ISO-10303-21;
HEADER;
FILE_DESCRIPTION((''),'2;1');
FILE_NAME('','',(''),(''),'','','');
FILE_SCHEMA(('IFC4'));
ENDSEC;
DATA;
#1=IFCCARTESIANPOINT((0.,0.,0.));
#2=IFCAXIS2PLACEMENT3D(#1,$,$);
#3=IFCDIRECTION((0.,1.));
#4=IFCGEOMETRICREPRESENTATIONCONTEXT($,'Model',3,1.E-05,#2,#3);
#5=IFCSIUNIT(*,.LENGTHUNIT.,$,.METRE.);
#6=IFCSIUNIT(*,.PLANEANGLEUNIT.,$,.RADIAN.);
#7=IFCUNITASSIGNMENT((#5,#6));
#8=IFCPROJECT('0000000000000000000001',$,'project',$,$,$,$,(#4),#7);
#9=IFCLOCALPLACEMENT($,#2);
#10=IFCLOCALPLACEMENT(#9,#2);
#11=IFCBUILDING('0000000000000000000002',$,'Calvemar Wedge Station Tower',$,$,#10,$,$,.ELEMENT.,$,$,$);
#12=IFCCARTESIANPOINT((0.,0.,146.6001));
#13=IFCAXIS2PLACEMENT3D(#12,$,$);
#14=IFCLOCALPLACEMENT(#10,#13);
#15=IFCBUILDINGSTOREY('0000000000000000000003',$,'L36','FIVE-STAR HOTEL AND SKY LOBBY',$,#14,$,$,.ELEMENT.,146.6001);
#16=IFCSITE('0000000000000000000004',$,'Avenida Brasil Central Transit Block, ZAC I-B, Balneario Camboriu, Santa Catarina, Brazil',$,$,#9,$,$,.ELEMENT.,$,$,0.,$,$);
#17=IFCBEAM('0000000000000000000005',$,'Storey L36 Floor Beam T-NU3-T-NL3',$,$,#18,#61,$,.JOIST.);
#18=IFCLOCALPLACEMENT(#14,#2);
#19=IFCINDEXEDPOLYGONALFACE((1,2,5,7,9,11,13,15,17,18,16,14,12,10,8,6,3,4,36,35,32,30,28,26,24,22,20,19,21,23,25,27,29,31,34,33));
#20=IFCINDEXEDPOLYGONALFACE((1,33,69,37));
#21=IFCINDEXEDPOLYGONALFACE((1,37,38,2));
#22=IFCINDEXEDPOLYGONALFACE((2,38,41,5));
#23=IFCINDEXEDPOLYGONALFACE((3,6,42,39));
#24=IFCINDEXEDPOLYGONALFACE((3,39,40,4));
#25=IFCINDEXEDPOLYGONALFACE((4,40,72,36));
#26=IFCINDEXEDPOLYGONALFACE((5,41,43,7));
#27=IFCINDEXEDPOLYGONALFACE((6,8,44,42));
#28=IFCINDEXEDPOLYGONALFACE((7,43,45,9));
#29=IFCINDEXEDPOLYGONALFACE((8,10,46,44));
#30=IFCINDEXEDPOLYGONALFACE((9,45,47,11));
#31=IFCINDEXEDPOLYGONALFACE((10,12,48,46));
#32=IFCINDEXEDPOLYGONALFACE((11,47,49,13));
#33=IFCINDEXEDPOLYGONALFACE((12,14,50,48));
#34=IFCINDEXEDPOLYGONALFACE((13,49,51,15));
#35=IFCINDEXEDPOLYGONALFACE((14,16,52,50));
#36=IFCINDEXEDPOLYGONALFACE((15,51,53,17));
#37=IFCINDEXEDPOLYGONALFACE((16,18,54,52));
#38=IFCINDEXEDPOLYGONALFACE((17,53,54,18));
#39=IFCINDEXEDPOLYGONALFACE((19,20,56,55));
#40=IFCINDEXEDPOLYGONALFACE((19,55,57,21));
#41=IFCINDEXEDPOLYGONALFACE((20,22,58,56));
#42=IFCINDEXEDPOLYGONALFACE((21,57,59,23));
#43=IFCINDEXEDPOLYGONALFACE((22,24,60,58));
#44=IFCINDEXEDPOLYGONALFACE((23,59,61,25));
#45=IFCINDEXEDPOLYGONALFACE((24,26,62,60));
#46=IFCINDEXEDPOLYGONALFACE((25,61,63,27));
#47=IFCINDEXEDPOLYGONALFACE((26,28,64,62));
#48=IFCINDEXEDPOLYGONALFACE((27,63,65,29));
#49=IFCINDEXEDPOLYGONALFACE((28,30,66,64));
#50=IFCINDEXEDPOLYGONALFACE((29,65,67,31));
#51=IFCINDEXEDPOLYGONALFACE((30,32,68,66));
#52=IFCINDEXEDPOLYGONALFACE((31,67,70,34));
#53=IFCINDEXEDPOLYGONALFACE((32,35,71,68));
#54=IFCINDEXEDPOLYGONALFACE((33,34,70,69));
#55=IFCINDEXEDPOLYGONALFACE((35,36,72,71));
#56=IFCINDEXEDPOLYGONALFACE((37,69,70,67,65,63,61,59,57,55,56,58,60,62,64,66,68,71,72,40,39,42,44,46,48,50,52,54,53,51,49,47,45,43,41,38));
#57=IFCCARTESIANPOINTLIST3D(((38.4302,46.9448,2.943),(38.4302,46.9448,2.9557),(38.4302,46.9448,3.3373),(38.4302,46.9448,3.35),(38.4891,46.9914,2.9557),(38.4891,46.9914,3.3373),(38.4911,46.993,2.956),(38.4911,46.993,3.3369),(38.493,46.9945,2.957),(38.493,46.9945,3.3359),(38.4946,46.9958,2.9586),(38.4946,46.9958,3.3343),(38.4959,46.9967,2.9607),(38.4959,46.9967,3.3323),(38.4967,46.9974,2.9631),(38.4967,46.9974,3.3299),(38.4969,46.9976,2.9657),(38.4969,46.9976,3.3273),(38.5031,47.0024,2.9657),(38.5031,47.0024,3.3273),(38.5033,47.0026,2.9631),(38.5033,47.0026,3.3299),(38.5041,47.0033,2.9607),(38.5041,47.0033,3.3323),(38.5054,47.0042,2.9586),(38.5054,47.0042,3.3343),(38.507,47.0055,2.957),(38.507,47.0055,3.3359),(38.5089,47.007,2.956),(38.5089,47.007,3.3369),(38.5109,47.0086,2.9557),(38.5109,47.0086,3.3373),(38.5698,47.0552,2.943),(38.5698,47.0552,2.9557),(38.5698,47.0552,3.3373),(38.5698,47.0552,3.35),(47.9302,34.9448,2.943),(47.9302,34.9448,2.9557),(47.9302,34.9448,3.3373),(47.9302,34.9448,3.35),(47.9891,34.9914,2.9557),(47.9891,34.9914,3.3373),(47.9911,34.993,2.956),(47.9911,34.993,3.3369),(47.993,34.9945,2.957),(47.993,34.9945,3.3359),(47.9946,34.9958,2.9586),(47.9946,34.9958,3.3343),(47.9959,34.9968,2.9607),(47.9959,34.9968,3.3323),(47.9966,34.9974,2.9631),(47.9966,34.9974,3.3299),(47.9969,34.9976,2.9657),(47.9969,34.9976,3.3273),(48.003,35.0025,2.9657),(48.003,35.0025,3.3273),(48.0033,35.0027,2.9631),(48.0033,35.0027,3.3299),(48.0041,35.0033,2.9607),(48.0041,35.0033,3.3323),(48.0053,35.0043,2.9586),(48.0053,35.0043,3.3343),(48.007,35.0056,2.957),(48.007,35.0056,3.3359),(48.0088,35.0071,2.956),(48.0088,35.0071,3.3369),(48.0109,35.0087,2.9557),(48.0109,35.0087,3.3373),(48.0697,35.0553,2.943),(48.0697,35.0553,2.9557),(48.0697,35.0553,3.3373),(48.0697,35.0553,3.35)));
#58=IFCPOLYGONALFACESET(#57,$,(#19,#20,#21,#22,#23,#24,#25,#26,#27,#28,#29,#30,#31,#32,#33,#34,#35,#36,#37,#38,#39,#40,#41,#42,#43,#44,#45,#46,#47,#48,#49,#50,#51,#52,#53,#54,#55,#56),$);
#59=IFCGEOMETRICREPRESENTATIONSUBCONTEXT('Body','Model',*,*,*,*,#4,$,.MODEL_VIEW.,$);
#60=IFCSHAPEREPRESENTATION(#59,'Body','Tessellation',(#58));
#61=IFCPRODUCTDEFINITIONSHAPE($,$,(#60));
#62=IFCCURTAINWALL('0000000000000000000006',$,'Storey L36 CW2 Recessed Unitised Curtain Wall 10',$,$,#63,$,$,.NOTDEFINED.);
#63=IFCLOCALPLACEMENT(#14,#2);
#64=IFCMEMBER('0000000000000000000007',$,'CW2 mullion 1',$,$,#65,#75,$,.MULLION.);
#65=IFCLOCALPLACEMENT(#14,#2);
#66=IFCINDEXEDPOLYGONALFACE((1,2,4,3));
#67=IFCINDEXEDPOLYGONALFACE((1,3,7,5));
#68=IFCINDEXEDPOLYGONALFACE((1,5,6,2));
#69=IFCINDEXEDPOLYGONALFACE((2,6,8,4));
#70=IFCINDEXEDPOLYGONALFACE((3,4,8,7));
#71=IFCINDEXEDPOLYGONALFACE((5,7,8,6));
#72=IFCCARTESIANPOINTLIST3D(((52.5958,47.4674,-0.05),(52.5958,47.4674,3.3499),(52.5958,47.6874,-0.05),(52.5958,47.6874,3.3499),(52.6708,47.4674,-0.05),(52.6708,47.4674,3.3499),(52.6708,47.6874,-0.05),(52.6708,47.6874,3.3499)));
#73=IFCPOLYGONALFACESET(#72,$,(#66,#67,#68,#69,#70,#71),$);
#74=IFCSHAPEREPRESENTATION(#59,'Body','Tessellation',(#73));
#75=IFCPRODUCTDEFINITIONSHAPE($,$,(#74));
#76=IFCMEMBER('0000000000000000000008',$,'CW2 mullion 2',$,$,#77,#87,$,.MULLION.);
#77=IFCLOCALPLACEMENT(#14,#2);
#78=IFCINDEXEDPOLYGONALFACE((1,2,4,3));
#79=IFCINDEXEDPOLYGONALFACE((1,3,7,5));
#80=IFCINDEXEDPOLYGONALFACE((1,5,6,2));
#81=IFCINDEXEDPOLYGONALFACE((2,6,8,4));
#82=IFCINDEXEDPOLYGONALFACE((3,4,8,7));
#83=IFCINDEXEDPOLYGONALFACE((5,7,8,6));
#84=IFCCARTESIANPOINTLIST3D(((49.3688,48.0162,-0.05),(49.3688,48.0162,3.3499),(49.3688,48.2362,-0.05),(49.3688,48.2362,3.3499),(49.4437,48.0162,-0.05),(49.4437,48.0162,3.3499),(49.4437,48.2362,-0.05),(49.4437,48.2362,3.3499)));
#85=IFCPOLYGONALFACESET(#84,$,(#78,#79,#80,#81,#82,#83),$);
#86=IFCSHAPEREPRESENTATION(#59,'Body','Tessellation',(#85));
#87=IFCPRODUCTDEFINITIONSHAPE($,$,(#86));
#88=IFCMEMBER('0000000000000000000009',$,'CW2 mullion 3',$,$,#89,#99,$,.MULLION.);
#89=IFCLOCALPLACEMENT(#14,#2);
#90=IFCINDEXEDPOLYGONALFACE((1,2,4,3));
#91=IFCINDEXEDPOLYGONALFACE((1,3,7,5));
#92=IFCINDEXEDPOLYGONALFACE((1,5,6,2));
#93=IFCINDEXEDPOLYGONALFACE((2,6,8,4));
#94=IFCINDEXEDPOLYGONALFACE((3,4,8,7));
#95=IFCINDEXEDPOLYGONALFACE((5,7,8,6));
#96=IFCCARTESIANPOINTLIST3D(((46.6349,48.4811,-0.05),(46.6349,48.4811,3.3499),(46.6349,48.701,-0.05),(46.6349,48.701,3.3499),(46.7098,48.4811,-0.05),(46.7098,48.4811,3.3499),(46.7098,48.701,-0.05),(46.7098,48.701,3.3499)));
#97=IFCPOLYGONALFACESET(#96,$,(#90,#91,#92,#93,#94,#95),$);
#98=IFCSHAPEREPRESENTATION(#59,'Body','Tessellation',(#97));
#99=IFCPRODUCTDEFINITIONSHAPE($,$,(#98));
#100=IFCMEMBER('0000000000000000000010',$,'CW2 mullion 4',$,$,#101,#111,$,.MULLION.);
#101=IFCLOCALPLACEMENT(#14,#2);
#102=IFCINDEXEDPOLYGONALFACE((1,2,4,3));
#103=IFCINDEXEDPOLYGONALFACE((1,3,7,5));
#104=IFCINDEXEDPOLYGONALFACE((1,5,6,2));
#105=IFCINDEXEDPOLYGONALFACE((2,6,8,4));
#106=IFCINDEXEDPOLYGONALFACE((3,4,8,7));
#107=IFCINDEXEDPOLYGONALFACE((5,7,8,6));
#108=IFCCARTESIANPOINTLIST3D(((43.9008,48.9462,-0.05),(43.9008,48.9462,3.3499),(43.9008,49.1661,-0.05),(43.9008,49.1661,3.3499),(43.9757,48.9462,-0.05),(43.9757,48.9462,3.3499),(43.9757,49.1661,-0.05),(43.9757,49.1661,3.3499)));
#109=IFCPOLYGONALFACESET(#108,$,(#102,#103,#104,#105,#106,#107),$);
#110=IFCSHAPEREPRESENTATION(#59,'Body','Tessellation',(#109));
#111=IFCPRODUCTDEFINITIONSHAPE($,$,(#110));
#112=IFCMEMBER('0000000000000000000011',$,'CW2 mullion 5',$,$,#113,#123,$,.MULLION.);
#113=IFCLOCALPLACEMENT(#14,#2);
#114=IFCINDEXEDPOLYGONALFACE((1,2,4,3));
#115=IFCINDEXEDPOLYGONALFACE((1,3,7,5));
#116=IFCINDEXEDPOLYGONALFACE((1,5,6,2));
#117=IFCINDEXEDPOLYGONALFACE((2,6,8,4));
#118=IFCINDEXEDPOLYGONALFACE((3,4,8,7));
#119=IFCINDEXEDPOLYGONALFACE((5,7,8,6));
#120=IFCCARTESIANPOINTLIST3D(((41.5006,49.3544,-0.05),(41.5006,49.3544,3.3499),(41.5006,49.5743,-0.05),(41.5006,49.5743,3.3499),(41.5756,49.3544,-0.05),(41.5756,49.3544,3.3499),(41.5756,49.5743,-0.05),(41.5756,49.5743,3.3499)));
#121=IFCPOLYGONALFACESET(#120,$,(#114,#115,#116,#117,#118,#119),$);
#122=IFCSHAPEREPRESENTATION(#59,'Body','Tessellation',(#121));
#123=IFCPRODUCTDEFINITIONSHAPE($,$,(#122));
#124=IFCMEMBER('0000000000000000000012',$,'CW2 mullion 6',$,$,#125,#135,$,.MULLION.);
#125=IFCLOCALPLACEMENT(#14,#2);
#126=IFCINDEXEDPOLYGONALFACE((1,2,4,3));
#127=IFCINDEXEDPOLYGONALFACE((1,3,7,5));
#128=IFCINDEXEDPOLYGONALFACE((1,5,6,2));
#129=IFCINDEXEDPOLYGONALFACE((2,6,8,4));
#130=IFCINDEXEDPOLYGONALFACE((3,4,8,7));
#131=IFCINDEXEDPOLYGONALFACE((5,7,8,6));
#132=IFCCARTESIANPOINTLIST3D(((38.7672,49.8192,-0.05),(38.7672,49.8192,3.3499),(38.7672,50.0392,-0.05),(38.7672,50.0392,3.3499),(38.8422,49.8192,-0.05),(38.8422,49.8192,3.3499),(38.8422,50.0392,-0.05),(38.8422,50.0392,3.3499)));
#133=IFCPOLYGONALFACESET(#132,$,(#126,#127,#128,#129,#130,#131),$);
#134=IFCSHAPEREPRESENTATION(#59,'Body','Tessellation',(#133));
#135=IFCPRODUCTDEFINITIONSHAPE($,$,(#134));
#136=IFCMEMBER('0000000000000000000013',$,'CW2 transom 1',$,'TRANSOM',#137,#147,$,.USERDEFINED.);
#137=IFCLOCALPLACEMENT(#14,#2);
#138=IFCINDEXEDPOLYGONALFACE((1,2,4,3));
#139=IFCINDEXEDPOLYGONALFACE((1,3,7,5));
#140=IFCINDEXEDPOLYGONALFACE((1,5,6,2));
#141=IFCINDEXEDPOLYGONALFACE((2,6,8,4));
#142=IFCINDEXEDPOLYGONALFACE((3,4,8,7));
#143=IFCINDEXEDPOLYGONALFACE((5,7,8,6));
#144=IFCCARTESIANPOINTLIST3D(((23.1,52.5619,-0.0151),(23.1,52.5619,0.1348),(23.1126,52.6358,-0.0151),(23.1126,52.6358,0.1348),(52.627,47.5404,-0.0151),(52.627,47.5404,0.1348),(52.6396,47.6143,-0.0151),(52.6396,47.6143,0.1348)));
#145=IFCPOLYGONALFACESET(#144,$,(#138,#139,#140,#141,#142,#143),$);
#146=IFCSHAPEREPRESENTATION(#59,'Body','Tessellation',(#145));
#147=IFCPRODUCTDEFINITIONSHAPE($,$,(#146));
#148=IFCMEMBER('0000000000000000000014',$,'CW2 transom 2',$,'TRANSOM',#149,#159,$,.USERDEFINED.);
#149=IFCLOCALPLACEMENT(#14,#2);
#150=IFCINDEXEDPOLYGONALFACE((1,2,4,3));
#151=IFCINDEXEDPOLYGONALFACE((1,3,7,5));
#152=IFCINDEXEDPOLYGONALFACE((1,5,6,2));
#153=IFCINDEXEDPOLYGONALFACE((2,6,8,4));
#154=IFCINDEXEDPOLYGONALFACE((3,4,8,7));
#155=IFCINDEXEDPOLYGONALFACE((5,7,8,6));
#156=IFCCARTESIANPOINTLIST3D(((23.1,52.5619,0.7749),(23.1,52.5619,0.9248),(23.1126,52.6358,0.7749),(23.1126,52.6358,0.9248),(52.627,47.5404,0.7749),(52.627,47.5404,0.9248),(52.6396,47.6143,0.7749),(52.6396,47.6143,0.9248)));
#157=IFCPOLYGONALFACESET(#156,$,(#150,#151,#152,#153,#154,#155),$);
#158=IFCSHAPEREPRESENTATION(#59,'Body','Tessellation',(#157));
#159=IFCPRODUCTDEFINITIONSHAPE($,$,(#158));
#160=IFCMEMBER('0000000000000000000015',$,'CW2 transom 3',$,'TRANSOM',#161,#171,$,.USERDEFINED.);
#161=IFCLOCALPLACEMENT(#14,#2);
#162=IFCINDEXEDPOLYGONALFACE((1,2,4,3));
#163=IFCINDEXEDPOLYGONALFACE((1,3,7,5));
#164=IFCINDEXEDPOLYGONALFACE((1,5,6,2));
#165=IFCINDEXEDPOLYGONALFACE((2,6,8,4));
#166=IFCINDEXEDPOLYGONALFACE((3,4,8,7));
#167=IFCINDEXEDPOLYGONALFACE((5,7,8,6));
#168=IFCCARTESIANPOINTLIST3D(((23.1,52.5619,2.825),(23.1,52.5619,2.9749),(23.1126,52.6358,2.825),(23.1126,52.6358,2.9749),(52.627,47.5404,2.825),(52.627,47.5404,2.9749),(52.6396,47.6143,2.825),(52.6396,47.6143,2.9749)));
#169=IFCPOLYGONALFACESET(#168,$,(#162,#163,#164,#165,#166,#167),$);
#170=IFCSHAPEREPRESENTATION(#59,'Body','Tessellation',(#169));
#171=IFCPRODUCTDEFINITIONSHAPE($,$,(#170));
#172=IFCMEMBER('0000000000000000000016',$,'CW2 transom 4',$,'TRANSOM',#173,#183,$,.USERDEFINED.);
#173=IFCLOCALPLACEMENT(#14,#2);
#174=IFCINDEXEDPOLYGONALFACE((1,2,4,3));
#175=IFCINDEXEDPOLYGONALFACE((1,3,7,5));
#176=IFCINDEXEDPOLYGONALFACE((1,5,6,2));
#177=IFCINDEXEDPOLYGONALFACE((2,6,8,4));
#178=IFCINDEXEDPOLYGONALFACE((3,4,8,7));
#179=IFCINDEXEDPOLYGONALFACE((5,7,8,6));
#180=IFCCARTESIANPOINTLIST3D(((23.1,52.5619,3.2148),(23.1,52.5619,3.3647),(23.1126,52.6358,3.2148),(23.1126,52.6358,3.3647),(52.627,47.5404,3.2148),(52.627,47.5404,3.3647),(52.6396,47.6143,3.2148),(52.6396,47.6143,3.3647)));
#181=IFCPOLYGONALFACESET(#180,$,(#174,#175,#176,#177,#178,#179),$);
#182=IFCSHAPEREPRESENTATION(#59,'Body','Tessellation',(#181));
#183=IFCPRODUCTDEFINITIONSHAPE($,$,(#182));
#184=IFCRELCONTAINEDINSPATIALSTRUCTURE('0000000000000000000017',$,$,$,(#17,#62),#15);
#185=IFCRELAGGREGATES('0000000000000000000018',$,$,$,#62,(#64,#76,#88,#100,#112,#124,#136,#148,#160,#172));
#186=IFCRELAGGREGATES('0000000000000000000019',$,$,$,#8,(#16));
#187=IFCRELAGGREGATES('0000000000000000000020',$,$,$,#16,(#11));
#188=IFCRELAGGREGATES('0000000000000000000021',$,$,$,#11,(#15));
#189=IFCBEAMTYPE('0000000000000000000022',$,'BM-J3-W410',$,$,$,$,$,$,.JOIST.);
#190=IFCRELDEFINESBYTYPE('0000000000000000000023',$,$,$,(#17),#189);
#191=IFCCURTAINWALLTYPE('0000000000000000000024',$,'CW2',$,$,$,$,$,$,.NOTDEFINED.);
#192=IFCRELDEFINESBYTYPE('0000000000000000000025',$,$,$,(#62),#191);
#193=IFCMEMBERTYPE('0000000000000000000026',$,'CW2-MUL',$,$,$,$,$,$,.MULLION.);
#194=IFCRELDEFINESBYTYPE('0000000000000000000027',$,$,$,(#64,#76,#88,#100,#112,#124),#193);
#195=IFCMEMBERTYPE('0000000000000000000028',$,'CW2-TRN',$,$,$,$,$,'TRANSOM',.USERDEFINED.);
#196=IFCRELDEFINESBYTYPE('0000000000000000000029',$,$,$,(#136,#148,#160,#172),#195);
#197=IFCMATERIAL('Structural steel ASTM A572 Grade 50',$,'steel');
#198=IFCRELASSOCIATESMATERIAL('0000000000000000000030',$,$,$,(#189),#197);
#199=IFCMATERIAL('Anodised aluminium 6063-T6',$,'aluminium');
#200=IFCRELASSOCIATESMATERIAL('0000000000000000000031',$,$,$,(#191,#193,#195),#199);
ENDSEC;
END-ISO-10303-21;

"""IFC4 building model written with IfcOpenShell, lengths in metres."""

from ifc_helpers import new_model, si_unit, direction, frame, origin, origin_2d, place, context, subcontext, project, spatial, rectangle, i_section, extrude, source, transform, mapped, material, material_profile, profile_set, type_object, element, aggregate, save


model = new_model("IFC4")

# Units and contexts
model_context = context("Model", 3, precision=1e-05, world=origin(), true_north=direction((0.0, 1.0)))
body_context = subcontext(model_context, "Body", "Model", "MODEL_VIEW")
ifc_project = project(units=[si_unit("LENGTHUNIT", "METRE"), si_unit("PLANEANGLEUNIT", "RADIAN")], contexts=[model_context])

# Site, building, storey
site_placement = place(None, origin())
site = spatial("IfcSite", under=ifc_project, at=site_placement, Name="Avenida Brasil Central Transit Block, ZAC I-B, Balneario Camboriu, Santa Catarina, Brazil", CompositionType="ELEMENT", RefElevation=0.0)
building_placement = place(site_placement, origin())
building = spatial("IfcBuilding", under=site, at=building_placement, Name="Calvemar Wedge Station Tower", CompositionType="ELEMENT")
storey_placement = place(building_placement, frame((0.0, 0.0, 146.6001)))
storey = spatial("IfcBuildingStorey", under=building, at=storey_placement, Name="L36", Description="FIVE-STAR HOTEL AND SKY LOBBY", CompositionType="ELEMENT", Elevation=146.6001)

# Beam
ifc_material_1 = material(Name="Structural steel ASTM A572 Grade 50", Category="steel")
ifc_material_profile_1 = material_profile(ifc_material_1, i_section(OverallWidth=0.178, OverallDepth=0.407, WebThickness=0.0078, FlangeThickness=0.0127, FilletRadius=0.01, at=origin_2d()), Name="W410x60")
ifc_profile_set_1 = profile_set([ifc_material_profile_1], Name="Structural steel ASTM A572 Grade 50")
beam_type = type_object("IfcBeamType", Name="BM-J3-W410", PredefinedType="JOIST", material=ifc_profile_set_1)
shared_shape_1 = source(origin(), body_context, "Body", "SweptSolid", [
    extrude(i_section(OverallWidth=0.178, OverallDepth=0.407, WebThickness=0.0078, FlangeThickness=0.0127, FilletRadius=0.01, at=origin_2d()), origin(), (0.0, 0.0, 1.0), 15.3052),
])
beam_placement = place(storey_placement, frame((38.5, 47.0, 3.1465), z_axis=(0.620703, -0.784046, 0.0), x_axis=(0.784046, 0.620703, 0.0)))
element("IfcBeam", 1, at=beam_placement, inside=storey, type_object=beam_type, Name="Storey L36 Floor Beam T-NU3-T-NL3", PredefinedType="JOIST", context=body_context, shape_type="MappedRepresentation", body=[
    mapped(shared_shape_1, transform((0.0, 0.0, 0.0), scale=1.0)),
])

# Curtain wall, members
ifc_material_2 = material(Name="Anodised aluminium 6063-T6", Category="aluminium")
curtain_wall_type = type_object("IfcCurtainWallType", Name="CW2", PredefinedType="NOTDEFINED", material=ifc_material_2)
curtain_wall_placement = place(storey_placement, origin())
curtain_wall = element("IfcCurtainWall", 2, at=curtain_wall_placement, inside=storey, type_object=curtain_wall_type, Name="Storey L36 CW2 Recessed Unitised Curtain Wall 10", PredefinedType="NOTDEFINED")
ifc_material_profile_2 = material_profile(ifc_material_2, rectangle(XDim=0.075, YDim=0.22, at=origin_2d()), Name="AL-MUL-75x220")
ifc_profile_set_2 = profile_set([ifc_material_profile_2], Name="Anodised aluminium 6063-T6")
member_type_1 = type_object("IfcMemberType", Name="CW2-MUL", PredefinedType="MULLION", material=ifc_profile_set_2)
shared_shape_2 = source(origin(), body_context, "Body", "SweptSolid", [
    extrude(rectangle(XDim=0.075, YDim=0.22, at=origin_2d()), origin(), (0.0, 0.0, 1.0), 3.3999),
])
member_1_placement = place(storey_placement, frame((52.6333, 47.5774, -0.05), z_axis=(0.0, 0.0, 1.0), x_axis=(1.0, 0.0, 0.0)))
member_1 = element("IfcMember", 3, at=member_1_placement, type_object=member_type_1, Name="CW2 mullion 1", PredefinedType="MULLION", context=body_context, shape_type="MappedRepresentation", body=[
    mapped(shared_shape_2, transform((0.0, 0.0, 0.0), scale=1.0)),
])
member_2_placement = place(storey_placement, frame((49.4062, 48.1262, -0.05), z_axis=(0.0, 0.0, 1.0), x_axis=(1.0, 0.0, 0.0)))
member_2 = element("IfcMember", 4, at=member_2_placement, type_object=member_type_1, Name="CW2 mullion 2", PredefinedType="MULLION", context=body_context, shape_type="MappedRepresentation", body=[
    mapped(shared_shape_2, transform((0.0, 0.0, 0.0), scale=1.0)),
])
member_3_placement = place(storey_placement, frame((46.6724, 48.5911, -0.05), z_axis=(0.0, 0.0, 1.0), x_axis=(1.0, 0.0, 0.0)))
member_3 = element("IfcMember", 5, at=member_3_placement, type_object=member_type_1, Name="CW2 mullion 3", PredefinedType="MULLION", context=body_context, shape_type="MappedRepresentation", body=[
    mapped(shared_shape_2, transform((0.0, 0.0, 0.0), scale=1.0)),
])
member_4_placement = place(storey_placement, frame((43.9382, 49.0562, -0.05), z_axis=(0.0, 0.0, 1.0), x_axis=(1.0, 0.0, 0.0)))
member_4 = element("IfcMember", 6, at=member_4_placement, type_object=member_type_1, Name="CW2 mullion 4", PredefinedType="MULLION", context=body_context, shape_type="MappedRepresentation", body=[
    mapped(shared_shape_2, transform((0.0, 0.0, 0.0), scale=1.0)),
])
member_5_placement = place(storey_placement, frame((41.5381, 49.4644, -0.05), z_axis=(0.0, 0.0, 1.0), x_axis=(1.0, 0.0, 0.0)))
member_5 = element("IfcMember", 7, at=member_5_placement, type_object=member_type_1, Name="CW2 mullion 5", PredefinedType="MULLION", context=body_context, shape_type="MappedRepresentation", body=[
    mapped(shared_shape_2, transform((0.0, 0.0, 0.0), scale=1.0)),
])
member_6_placement = place(storey_placement, frame((38.8047, 49.9292, -0.05), z_axis=(0.0, 0.0, 1.0), x_axis=(1.0, 0.0, 0.0)))
member_6 = element("IfcMember", 8, at=member_6_placement, type_object=member_type_1, Name="CW2 mullion 6", PredefinedType="MULLION", context=body_context, shape_type="MappedRepresentation", body=[
    mapped(shared_shape_2, transform((0.0, 0.0, 0.0), scale=1.0)),
])
ifc_material_profile_3 = material_profile(ifc_material_2, rectangle(XDim=0.075, YDim=0.1499, at=origin_2d()), Name="AL-TRN-75x150")
ifc_profile_set_3 = profile_set([ifc_material_profile_3], Name="Anodised aluminium 6063-T6")
member_type_2 = type_object("IfcMemberType", Name="CW2-TRN", ElementType="TRANSOM", PredefinedType="USERDEFINED", material=ifc_profile_set_3)
shared_shape_3 = source(origin(), body_context, "Body", "SweptSolid", [
    extrude(rectangle(XDim=0.075, YDim=0.1499, at=origin_2d()), origin(), (0.0, 0.0, 1.0), 29.9509),
])
member_7_placement = place(storey_placement, frame((52.6333, 47.5774, 0.0598), z_axis=(-0.985845, 0.167656, 0.0), x_axis=(-0.167656, -0.985845, 0.0)))
member_7 = element("IfcMember", 9, at=member_7_placement, type_object=member_type_2, Name="CW2 transom 1", ObjectType="TRANSOM", PredefinedType="USERDEFINED", context=body_context, shape_type="MappedRepresentation", body=[
    mapped(shared_shape_3, transform((0.0, 0.0, 0.0), scale=1.0)),
])
member_8_placement = place(storey_placement, frame((52.6333, 47.5774, 0.8499), z_axis=(-0.985845, 0.167656, 0.0), x_axis=(-0.167656, -0.985845, 0.0)))
member_8 = element("IfcMember", 10, at=member_8_placement, type_object=member_type_2, Name="CW2 transom 2", ObjectType="TRANSOM", PredefinedType="USERDEFINED", context=body_context, shape_type="MappedRepresentation", body=[
    mapped(shared_shape_3, transform((0.0, 0.0, 0.0), scale=1.0)),
])
member_9_placement = place(storey_placement, frame((52.6333, 47.5774, 2.8999), z_axis=(-0.985845, 0.167656, 0.0), x_axis=(-0.167656, -0.985845, 0.0)))
member_9 = element("IfcMember", 11, at=member_9_placement, type_object=member_type_2, Name="CW2 transom 3", ObjectType="TRANSOM", PredefinedType="USERDEFINED", context=body_context, shape_type="MappedRepresentation", body=[
    mapped(shared_shape_3, transform((0.0, 0.0, 0.0), scale=1.0)),
])
member_10_placement = place(storey_placement, frame((52.6333, 47.5774, 3.2898), z_axis=(-0.985845, 0.167656, 0.0), x_axis=(-0.167656, -0.985845, 0.0)))
member_10 = element("IfcMember", 12, at=member_10_placement, type_object=member_type_2, Name="CW2 transom 4", ObjectType="TRANSOM", PredefinedType="USERDEFINED", context=body_context, shape_type="MappedRepresentation", body=[
    mapped(shared_shape_3, transform((0.0, 0.0, 0.0), scale=1.0)),
])
aggregate(curtain_wall, [member_1, member_2, member_3, member_4, member_5, member_6, member_7, member_8, member_9, member_10])

save(model, "model.ifc")
